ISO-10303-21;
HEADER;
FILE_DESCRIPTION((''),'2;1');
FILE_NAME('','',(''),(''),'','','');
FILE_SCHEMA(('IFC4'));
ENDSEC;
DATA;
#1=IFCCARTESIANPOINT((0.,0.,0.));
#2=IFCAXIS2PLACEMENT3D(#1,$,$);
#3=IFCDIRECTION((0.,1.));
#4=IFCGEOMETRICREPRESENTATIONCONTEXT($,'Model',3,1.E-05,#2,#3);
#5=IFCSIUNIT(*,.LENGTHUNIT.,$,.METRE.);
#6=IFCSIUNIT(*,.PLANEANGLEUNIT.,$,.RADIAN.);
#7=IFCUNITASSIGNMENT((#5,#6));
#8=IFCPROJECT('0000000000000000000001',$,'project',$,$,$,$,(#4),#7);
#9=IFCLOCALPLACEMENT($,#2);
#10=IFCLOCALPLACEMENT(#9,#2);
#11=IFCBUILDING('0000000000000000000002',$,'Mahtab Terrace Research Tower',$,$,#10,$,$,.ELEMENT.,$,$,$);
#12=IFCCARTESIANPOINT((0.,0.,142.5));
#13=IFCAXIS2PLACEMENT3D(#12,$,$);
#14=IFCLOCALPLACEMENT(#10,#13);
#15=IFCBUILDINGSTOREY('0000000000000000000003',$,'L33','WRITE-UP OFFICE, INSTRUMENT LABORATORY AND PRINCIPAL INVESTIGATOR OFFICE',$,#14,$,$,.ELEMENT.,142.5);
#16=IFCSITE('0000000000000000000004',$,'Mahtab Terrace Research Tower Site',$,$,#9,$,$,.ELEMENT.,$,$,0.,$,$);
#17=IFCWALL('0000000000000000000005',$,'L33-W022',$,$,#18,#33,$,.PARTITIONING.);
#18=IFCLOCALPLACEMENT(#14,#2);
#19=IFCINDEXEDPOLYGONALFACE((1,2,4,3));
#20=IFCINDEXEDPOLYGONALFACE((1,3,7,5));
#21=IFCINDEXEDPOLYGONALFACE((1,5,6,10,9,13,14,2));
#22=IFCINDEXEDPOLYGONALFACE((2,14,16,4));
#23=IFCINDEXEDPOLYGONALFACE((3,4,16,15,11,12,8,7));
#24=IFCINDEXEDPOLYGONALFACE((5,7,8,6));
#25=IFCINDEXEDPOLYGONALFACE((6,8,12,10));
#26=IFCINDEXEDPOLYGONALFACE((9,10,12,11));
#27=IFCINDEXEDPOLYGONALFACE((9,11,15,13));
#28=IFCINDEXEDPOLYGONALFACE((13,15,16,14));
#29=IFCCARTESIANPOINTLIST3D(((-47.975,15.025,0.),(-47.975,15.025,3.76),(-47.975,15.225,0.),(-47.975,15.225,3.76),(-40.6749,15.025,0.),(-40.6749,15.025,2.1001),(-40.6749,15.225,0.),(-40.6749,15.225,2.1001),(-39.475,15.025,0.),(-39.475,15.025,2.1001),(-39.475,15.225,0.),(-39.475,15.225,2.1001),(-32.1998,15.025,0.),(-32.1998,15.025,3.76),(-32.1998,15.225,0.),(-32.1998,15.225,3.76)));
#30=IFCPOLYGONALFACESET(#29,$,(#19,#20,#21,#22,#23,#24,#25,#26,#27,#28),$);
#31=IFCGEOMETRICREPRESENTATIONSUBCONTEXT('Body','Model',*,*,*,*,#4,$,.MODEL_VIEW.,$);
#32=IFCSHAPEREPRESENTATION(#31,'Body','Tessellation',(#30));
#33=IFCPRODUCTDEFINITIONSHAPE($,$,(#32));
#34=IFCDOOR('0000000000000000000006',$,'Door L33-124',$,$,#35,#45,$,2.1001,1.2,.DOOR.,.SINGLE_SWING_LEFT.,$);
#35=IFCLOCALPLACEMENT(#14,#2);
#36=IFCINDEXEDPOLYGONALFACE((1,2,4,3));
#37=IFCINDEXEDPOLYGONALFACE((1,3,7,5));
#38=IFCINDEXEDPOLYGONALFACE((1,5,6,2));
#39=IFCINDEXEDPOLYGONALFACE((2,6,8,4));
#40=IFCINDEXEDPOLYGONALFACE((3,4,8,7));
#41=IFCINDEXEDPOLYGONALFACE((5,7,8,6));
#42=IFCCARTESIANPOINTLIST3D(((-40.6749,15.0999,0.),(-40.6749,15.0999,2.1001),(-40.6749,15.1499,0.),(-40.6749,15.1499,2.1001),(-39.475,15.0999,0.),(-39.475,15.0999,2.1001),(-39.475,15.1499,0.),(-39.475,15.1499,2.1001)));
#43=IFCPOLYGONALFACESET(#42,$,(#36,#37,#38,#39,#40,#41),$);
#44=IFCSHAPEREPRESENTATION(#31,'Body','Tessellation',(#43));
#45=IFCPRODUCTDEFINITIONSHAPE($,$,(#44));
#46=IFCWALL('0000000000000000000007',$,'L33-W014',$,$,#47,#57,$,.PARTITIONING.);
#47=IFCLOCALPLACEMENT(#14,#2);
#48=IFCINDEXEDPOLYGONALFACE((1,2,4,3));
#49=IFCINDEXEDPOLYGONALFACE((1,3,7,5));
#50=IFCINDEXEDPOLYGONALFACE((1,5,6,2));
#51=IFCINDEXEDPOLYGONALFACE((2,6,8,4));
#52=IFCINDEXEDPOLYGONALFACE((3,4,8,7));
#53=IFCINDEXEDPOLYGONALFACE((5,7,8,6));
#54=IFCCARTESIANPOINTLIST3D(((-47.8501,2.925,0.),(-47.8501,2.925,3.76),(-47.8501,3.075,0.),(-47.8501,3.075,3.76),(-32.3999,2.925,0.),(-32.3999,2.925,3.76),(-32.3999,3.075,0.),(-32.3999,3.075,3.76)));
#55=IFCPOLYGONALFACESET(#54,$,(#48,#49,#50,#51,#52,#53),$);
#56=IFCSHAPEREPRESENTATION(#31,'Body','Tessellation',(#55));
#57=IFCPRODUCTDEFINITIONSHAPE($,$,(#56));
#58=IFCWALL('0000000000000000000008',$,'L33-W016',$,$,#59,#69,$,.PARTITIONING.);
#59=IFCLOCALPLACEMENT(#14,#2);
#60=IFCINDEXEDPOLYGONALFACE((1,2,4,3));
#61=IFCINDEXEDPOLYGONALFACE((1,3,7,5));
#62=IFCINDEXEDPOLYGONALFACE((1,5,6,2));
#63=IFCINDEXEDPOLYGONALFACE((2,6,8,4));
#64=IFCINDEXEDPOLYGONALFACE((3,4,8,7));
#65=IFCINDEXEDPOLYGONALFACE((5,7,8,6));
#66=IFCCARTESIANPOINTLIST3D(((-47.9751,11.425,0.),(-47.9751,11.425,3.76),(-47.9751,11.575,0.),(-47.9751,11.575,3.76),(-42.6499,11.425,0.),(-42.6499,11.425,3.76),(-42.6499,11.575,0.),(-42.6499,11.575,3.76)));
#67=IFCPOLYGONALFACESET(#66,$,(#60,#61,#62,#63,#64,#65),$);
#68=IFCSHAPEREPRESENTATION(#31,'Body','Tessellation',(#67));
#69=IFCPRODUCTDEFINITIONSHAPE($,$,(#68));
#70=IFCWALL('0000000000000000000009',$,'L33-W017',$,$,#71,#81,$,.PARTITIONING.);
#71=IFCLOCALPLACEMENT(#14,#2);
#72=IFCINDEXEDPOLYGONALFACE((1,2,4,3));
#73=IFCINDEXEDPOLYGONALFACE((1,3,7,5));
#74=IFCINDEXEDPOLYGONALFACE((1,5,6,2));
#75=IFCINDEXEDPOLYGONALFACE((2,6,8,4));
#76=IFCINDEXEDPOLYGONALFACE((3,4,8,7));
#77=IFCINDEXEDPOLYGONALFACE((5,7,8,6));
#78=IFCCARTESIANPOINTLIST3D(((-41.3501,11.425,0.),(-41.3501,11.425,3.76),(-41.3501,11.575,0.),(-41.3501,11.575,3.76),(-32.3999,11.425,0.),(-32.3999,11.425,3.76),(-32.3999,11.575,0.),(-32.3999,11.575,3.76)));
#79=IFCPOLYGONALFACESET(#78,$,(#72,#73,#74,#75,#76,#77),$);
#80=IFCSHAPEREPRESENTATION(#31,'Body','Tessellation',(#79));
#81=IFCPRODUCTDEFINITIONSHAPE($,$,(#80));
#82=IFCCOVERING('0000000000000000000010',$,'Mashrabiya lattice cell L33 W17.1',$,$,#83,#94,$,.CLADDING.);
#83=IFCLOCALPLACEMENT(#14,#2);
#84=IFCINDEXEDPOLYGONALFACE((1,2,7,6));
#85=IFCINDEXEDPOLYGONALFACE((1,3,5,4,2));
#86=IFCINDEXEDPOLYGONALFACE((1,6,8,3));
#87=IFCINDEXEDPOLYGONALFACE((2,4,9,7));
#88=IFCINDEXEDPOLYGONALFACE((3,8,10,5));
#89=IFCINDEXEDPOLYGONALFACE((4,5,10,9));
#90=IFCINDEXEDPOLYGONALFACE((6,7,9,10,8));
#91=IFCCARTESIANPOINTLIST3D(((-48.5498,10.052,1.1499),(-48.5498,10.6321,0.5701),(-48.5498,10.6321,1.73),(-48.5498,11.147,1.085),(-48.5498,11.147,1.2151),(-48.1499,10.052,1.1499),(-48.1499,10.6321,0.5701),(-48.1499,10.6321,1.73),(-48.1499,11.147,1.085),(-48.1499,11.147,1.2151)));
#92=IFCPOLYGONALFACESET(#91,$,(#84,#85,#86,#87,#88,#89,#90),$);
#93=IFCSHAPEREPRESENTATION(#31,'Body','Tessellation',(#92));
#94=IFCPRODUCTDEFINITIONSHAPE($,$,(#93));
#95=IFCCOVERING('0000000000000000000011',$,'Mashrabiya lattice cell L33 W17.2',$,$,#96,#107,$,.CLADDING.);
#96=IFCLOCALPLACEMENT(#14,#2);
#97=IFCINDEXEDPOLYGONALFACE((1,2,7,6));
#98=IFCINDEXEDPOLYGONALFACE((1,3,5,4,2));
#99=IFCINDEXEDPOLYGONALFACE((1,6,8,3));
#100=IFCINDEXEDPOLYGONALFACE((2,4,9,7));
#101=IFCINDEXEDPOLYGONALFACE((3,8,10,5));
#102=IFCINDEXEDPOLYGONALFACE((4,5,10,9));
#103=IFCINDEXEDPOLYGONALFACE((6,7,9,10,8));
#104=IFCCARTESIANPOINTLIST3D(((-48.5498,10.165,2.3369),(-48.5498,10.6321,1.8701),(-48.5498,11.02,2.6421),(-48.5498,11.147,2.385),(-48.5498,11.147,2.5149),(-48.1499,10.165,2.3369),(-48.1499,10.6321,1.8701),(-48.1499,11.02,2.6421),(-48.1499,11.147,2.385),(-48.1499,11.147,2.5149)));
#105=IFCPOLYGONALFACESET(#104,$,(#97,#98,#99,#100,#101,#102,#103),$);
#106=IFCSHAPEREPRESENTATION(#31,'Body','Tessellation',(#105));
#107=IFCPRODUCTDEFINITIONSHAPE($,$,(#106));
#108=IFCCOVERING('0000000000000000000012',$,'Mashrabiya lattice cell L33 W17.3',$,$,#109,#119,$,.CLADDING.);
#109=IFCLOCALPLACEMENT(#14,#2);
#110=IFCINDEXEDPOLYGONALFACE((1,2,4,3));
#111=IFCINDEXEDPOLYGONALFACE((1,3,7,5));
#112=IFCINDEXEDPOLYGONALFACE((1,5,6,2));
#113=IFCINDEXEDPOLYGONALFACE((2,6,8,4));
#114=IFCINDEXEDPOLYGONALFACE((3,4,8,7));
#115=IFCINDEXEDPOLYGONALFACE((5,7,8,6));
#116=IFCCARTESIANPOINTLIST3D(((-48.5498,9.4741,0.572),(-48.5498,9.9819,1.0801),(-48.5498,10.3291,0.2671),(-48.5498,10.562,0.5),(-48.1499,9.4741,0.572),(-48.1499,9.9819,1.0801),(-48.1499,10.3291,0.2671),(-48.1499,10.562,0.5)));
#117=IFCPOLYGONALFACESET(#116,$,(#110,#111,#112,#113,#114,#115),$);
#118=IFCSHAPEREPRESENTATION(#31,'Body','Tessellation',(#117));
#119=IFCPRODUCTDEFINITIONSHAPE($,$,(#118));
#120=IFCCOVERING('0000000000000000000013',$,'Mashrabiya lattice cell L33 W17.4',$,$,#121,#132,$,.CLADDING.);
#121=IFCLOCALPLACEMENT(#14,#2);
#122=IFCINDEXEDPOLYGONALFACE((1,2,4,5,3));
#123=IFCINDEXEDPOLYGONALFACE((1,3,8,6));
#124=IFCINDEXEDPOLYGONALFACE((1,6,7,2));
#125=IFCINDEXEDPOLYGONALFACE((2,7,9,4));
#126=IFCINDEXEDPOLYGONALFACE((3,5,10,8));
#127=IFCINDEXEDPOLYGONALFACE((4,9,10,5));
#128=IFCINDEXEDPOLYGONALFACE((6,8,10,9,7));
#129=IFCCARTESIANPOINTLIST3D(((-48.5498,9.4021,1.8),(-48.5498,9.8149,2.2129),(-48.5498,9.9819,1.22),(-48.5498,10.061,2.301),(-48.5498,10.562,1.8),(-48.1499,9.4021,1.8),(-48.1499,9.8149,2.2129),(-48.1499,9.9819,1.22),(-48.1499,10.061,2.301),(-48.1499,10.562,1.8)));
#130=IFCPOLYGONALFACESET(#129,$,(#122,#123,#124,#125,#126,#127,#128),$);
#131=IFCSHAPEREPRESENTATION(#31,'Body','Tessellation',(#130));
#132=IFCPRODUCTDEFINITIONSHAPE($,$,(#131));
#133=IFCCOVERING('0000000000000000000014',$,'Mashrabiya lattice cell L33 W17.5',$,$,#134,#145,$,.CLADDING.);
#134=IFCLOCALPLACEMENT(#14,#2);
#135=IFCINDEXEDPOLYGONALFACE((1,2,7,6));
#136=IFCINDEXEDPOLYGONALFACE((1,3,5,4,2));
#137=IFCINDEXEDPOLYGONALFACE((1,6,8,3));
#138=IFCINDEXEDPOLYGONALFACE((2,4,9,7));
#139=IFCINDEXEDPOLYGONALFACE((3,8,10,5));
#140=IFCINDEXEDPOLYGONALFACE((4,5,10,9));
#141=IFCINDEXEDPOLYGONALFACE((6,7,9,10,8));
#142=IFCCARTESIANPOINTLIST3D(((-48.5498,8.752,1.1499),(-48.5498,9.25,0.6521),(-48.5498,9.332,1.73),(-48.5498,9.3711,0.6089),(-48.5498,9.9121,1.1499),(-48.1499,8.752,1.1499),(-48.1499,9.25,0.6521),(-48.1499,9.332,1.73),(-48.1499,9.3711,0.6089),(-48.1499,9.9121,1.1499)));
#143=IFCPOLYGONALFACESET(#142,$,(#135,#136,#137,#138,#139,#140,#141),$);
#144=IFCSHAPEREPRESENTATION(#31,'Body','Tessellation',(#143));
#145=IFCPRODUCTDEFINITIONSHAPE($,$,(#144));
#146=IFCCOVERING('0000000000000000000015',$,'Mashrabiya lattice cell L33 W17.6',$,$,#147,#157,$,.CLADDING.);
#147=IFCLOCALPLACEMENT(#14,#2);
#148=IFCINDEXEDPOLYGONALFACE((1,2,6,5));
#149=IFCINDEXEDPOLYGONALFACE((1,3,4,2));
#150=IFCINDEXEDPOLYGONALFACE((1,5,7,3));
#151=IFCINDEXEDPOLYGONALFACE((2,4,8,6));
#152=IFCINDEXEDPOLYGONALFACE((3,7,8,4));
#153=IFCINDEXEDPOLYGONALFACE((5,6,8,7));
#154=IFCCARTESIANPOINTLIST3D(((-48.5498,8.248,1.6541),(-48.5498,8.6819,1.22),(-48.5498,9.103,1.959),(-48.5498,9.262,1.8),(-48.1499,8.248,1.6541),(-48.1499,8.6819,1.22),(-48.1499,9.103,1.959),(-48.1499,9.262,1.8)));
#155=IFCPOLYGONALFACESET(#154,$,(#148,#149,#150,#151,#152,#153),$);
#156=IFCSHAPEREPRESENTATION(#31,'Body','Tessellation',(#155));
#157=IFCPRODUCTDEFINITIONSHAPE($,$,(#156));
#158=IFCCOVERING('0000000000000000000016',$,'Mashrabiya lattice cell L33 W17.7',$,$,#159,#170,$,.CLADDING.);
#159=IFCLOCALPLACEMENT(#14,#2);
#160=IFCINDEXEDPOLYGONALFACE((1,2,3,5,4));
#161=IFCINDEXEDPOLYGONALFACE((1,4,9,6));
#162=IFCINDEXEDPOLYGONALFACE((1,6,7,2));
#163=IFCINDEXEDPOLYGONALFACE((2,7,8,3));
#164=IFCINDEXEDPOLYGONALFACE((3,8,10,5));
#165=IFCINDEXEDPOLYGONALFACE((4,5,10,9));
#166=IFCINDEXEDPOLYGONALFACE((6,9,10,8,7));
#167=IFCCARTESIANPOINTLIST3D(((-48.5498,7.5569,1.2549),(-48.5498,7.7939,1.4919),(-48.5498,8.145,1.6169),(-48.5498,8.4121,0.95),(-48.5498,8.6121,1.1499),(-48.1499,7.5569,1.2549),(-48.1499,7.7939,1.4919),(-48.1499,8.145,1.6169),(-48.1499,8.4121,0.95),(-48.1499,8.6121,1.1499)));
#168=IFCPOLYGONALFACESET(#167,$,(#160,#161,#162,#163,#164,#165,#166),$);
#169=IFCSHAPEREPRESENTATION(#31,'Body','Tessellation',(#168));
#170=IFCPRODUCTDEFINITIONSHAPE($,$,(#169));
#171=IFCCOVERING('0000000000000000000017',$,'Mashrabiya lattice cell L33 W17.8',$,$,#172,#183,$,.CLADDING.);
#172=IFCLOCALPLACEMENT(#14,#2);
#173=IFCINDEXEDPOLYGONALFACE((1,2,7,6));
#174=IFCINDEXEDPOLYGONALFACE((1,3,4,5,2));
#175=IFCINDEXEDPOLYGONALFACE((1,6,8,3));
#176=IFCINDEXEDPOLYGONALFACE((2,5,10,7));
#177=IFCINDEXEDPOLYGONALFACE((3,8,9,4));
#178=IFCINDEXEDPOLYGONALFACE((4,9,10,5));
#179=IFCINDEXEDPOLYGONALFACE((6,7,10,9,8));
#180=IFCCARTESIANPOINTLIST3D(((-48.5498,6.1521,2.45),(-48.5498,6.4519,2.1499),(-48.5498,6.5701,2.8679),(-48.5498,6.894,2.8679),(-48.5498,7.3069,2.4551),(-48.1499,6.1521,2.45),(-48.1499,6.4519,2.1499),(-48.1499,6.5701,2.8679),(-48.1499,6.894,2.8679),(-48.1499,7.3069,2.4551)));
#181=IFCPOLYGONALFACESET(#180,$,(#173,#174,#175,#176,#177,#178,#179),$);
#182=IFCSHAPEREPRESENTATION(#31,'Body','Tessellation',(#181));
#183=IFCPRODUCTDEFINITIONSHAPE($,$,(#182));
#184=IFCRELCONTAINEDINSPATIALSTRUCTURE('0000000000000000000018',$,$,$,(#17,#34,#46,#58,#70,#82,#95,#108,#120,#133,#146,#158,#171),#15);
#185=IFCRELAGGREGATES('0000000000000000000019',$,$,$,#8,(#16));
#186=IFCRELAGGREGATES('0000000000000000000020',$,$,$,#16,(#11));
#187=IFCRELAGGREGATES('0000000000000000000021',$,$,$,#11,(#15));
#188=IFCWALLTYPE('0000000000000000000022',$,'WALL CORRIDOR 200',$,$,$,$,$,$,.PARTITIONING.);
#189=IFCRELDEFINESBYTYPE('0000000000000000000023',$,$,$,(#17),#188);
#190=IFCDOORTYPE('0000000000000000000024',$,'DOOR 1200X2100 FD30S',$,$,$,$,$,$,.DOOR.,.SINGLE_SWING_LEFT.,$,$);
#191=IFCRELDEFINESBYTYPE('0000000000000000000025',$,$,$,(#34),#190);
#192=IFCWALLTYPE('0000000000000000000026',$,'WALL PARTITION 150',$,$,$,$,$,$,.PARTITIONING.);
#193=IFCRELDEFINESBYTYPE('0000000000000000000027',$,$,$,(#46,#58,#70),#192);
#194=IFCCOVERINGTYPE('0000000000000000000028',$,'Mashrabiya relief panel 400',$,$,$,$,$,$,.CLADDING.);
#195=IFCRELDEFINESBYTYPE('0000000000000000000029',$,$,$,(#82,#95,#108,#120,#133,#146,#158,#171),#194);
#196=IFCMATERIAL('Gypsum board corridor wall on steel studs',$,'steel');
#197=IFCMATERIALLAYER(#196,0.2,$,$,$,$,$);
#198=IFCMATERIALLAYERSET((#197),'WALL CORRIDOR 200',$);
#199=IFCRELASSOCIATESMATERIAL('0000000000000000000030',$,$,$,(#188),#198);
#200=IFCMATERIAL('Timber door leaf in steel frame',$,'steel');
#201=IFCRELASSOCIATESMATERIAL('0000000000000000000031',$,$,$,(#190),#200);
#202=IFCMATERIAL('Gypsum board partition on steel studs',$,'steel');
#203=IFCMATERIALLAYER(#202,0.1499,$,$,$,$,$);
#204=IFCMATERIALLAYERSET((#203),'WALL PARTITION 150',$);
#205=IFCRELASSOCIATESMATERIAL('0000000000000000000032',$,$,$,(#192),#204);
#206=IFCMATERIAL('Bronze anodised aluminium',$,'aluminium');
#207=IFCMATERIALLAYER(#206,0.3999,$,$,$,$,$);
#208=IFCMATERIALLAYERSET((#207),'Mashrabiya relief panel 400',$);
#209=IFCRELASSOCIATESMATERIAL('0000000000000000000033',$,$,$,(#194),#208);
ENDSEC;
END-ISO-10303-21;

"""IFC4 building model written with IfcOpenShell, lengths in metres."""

from ifc_helpers import new_model, si_unit, direction, frame, frame_2d, origin, place, context, subcontext, project, spatial, polyline, rectangle, outline, extrude, material, layer, layer_set, type_object, element, fill, save


model = new_model("IFC4")

# Units and contexts
model_context = context("Model", 3, precision=1e-05, world=origin(), true_north=direction((0.0, 1.0)))
body_context = subcontext(model_context, "Body", "Model", "MODEL_VIEW")
ifc_project = project(units=[si_unit("LENGTHUNIT", "METRE"), si_unit("PLANEANGLEUNIT", "RADIAN")], contexts=[model_context])

# Site, building, storey
site_placement = place(None, origin())
site = spatial("IfcSite", under=ifc_project, at=site_placement, Name="Mahtab Terrace Research Tower Site", CompositionType="ELEMENT", RefElevation=0.0)
building_placement = place(site_placement, origin())
building = spatial("IfcBuilding", under=site, at=building_placement, Name="Mahtab Terrace Research Tower", CompositionType="ELEMENT")
storey_placement = place(building_placement, frame((0.0, 0.0, 142.5)))
storey = spatial("IfcBuildingStorey", under=building, at=storey_placement, Name="L33", Description="WRITE-UP OFFICE, INSTRUMENT LABORATORY AND PRINCIPAL INVESTIGATOR OFFICE", CompositionType="ELEMENT", Elevation=142.5)

# Wall, opening, door
ifc_material_1 = material(Name="Gypsum board corridor wall on steel studs", Category="steel")
ifc_layer_1 = layer(ifc_material_1, 0.2)
ifc_layer_set_1 = layer_set([ifc_layer_1], Name="WALL CORRIDOR 200")
wall_type_1 = type_object("IfcWallType", Name="WALL CORRIDOR 200", PredefinedType="PARTITIONING", material=ifc_layer_set_1)
wall_1_placement = place(storey_placement, frame((-47.9751, 15.125, 0.0), z_axis=(0.0, 0.0, 1.0), x_axis=(1.0, 0.0, 0.0)))
wall_1 = element("IfcWall", 1, at=wall_1_placement, inside=storey, type_object=wall_type_1, Name="L33-W022", PredefinedType="PARTITIONING", context=body_context, shape_type="SweptSolid", body=[
    extrude(rectangle(XDim=15.7751, YDim=0.2, at=frame_2d((7.8877, 0.0))), origin(), (0.0, 0.0, 1.0), 3.76),
])
opening_placement = place(wall_1_placement, frame((7.3, 0.0, 0.0)))
opening = element("IfcOpeningElement", 2, at=opening_placement, cuts=wall_1, PredefinedType="OPENING", context=body_context, shape_type="SweptSolid", body=[
    extrude(rectangle(XDim=1.2, YDim=2.1001, at=frame_2d((0.6001, 1.05))), frame((0.0, 0.1099, 0.0), z_axis=(0.0, -1.0, 0.0), x_axis=(1.0, 0.0, 0.0)), (0.0, 0.0, 1.0), 0.22),
])
ifc_material_2 = material(Name="Timber door leaf in steel frame", Category="steel")
door_type = type_object("IfcDoorType", Name="DOOR 1200X2100 FD30S", OperationType="SINGLE_SWING_LEFT", PredefinedType="DOOR", material=ifc_material_2)
door_placement = place(opening_placement, origin())
door = element("IfcDoor", 3, at=door_placement, inside=storey, type_object=door_type, Name="Door L33-124", OperationType="SINGLE_SWING_LEFT", OverallHeight=2.1001, OverallWidth=1.2, PredefinedType="DOOR", context=body_context, shape_type="SweptSolid", body=[
    extrude(rectangle(XDim=1.2, YDim=2.1001, at=frame_2d((0.6001, 1.05))), frame((0.0, 0.0249, 0.0), z_axis=(0.0, -1.0, 0.0), x_axis=(1.0, 0.0, 0.0)), (0.0, 0.0, 1.0), 0.05),
])
fill(opening, door)

# Walls
ifc_material_3 = material(Name="Gypsum board partition on steel studs", Category="steel")
ifc_layer_2 = layer(ifc_material_3, 0.1499)
ifc_layer_set_2 = layer_set([ifc_layer_2], Name="WALL PARTITION 150")
wall_type_2 = type_object("IfcWallType", Name="WALL PARTITION 150", PredefinedType="PARTITIONING", material=ifc_layer_set_2)
wall_2_placement = place(storey_placement, frame((-47.8501, 3.0, 0.0), z_axis=(0.0, 0.0, 1.0), x_axis=(1.0, 0.0, 0.0)))
element("IfcWall", 4, at=wall_2_placement, inside=storey, type_object=wall_type_2, Name="L33-W014", PredefinedType="PARTITIONING", context=body_context, shape_type="SweptSolid", body=[
    extrude(rectangle(XDim=15.4502, YDim=0.1499, at=frame_2d((7.7251, 0.0))), origin(), (0.0, 0.0, 1.0), 3.76),
])
wall_3_placement = place(storey_placement, frame((-47.9751, 11.5, 0.0), z_axis=(0.0, 0.0, 1.0), x_axis=(1.0, 0.0, 0.0)))
element("IfcWall", 5, at=wall_3_placement, inside=storey, type_object=wall_type_2, Name="L33-W016", PredefinedType="PARTITIONING", context=body_context, shape_type="SweptSolid", body=[
    extrude(rectangle(XDim=5.3252, YDim=0.1499, at=frame_2d((2.6626, 0.0))), origin(), (0.0, 0.0, 1.0), 3.76),
])
wall_4_placement = place(storey_placement, frame((-41.3501, 11.5, 0.0), z_axis=(0.0, 0.0, 1.0), x_axis=(1.0, 0.0, 0.0)))
element("IfcWall", 6, at=wall_4_placement, inside=storey, type_object=wall_type_2, Name="L33-W017", PredefinedType="PARTITIONING", context=body_context, shape_type="SweptSolid", body=[
    extrude(rectangle(XDim=8.9502, YDim=0.1499, at=frame_2d((4.4751, 0.0))), origin(), (0.0, 0.0, 1.0), 3.76),
])

# Coverings
ifc_material_4 = material(Name="Bronze anodised aluminium", Category="aluminium")
ifc_layer_3 = layer(ifc_material_4, 0.3999)
ifc_layer_set_3 = layer_set([ifc_layer_3], Name="Mashrabiya relief panel 400")
covering_type = type_object("IfcCoveringType", Name="Mashrabiya relief panel 400", PredefinedType="CLADDING", material=ifc_layer_set_3)
covering_1_placement = place(storey_placement, frame((-48.1499, 10.6321, 1.73), z_axis=(1.0, 0.0, 0.0), x_axis=(0.0, -0.707107, -0.707107)))
element("IfcCovering", 7, at=covering_1_placement, inside=storey, type_object=covering_type, Name="Mashrabiya lattice cell L33 W17.1", PredefinedType="CLADDING", context=body_context, shape_type="SweptSolid", body=[
    extrude(outline(polyline([(0.0, 0.0), (0.8204, 0.0), (0.8202, 0.8202), (0.092, 0.8202), (0.0, 0.7282), (0.0, 0.0)])), origin(), (0.0, 0.0, -1.0), 0.3999),
])
covering_2_placement = place(storey_placement, frame((-48.1499, 10.6321, 1.8701), z_axis=(1.0, 0.0, 0.0), x_axis=(0.0, 0.707107, 0.707107)))
element("IfcCovering", 8, at=covering_2_placement, inside=storey, type_object=covering_type, Name="Mashrabiya lattice cell L33 W17.2", PredefinedType="CLADDING", context=body_context, shape_type="SweptSolid", body=[
    extrude(outline(polyline([(0.0, 0.0), (0.7282, 0.0), (0.82, 0.0918), (0.8202, 0.2716), (-0.0002, 0.6603), (0.0, 0.0)])), origin(), (0.0, 0.0, -1.0), 0.3999),
])
covering_3_placement = place(storey_placement, frame((-48.1499, 10.562, 0.5), z_axis=(1.0, 0.0, 0.0), x_axis=(0.0, -0.707107, 0.707107)))
element("IfcCovering", 9, at=covering_3_placement, inside=storey, type_object=covering_type, Name="Mashrabiya lattice cell L33 W17.3", PredefinedType="CLADDING", context=body_context, shape_type="SweptSolid", body=[
    extrude(outline(polyline([(0.0, 0.0), (0.8204, 0.0), (0.8202, 0.7183), (0.0, 0.3294), (0.0, 0.0)])), origin(), (0.0, 0.0, -1.0), 0.3999),
])
covering_4_placement = place(storey_placement, frame((-48.1499, 9.4021, 1.8), z_axis=(1.0, 0.0, 0.0), x_axis=(0.0, 0.706958, -0.707256)))
element("IfcCovering", 10, at=covering_4_placement, inside=storey, type_object=covering_type, Name="Mashrabiya lattice cell L33 W17.4", PredefinedType="CLADDING", context=body_context, shape_type="SweptSolid", body=[
    extrude(outline(polyline([(0.0, 0.0), (0.8202, 0.0), (0.82, 0.8204), (0.1115, 0.8202), (-0.0001, 0.5838), (0.0, 0.0)])), origin(), (0.0, 0.0, -1.0), 0.3999),
])
covering_5_placement = place(storey_placement, frame((-48.1499, 9.9121, 1.1499), z_axis=(1.0, 0.0, 0.0), x_axis=(0.0, -0.707107, 0.707107)))
element("IfcCovering", 11, at=covering_5_placement, inside=storey, type_object=covering_type, Name="Mashrabiya lattice cell L33 W17.5", PredefinedType="CLADDING", context=body_context, shape_type="SweptSolid", body=[
    extrude(outline(polyline([(0.0, 0.0), (0.8204, 0.0), (0.8204, 0.8204), (0.1162, 0.8202), (0.0, 0.7651), (0.0, 0.0)])), origin(), (0.0, 0.0, -1.0), 0.3999),
])
covering_6_placement = place(storey_placement, frame((-48.1499, 8.6819, 1.22), z_axis=(1.0, 0.0, 0.0), x_axis=(0.0, 0.707107, 0.707107)))
element("IfcCovering", 12, at=covering_6_placement, inside=storey, type_object=covering_type, Name="Mashrabiya lattice cell L33 W17.6", PredefinedType="CLADDING", context=body_context, shape_type="SweptSolid", body=[
    extrude(outline(polyline([(0.0, 0.0), (0.8204, 0.0), (0.8204, 0.2248), (0.0002, 0.6137), (0.0, 0.0)])), origin(), (0.0, 0.0, -1.0), 0.3999),
])
covering_7_placement = place(storey_placement, frame((-48.1499, 8.6121, 1.1499), z_axis=(1.0, 0.0, 0.0), x_axis=(0.0, -0.707107, 0.707107)))
element("IfcCovering", 13, at=covering_7_placement, inside=storey, type_object=covering_type, Name="Mashrabiya lattice cell L33 W17.7", PredefinedType="CLADDING", context=body_context, shape_type="SweptSolid", body=[
    extrude(outline(polyline([(0.0, 0.0), (0.6605, 0.0), (0.8204, 0.3366), (0.8204, 0.6719), (0.0, 0.2828), (0.0, 0.0)])), origin(), (0.0, 0.0, -1.0), 0.3999),
])
covering_8_placement = place(storey_placement, frame((-48.1499, 6.1521, 2.45), z_axis=(1.0, 0.0, 0.0), x_axis=(0.0, 0.706819, -0.707395)))
element("IfcCovering", 14, at=covering_8_placement, inside=storey, type_object=covering_type, Name="Mashrabiya lattice cell L33 W17.8", PredefinedType="CLADDING", context=body_context, shape_type="SweptSolid", body=[
    extrude(outline(polyline([(0.0, 0.0), (0.4242, 0.0), (0.8126, 0.8205), (0.2288, 0.8203), (-0.0002, 0.5911), (0.0, 0.0)])), origin(), (0.0, 0.0, -1.0), 0.3999),
])

save(model, "model.ifc")
